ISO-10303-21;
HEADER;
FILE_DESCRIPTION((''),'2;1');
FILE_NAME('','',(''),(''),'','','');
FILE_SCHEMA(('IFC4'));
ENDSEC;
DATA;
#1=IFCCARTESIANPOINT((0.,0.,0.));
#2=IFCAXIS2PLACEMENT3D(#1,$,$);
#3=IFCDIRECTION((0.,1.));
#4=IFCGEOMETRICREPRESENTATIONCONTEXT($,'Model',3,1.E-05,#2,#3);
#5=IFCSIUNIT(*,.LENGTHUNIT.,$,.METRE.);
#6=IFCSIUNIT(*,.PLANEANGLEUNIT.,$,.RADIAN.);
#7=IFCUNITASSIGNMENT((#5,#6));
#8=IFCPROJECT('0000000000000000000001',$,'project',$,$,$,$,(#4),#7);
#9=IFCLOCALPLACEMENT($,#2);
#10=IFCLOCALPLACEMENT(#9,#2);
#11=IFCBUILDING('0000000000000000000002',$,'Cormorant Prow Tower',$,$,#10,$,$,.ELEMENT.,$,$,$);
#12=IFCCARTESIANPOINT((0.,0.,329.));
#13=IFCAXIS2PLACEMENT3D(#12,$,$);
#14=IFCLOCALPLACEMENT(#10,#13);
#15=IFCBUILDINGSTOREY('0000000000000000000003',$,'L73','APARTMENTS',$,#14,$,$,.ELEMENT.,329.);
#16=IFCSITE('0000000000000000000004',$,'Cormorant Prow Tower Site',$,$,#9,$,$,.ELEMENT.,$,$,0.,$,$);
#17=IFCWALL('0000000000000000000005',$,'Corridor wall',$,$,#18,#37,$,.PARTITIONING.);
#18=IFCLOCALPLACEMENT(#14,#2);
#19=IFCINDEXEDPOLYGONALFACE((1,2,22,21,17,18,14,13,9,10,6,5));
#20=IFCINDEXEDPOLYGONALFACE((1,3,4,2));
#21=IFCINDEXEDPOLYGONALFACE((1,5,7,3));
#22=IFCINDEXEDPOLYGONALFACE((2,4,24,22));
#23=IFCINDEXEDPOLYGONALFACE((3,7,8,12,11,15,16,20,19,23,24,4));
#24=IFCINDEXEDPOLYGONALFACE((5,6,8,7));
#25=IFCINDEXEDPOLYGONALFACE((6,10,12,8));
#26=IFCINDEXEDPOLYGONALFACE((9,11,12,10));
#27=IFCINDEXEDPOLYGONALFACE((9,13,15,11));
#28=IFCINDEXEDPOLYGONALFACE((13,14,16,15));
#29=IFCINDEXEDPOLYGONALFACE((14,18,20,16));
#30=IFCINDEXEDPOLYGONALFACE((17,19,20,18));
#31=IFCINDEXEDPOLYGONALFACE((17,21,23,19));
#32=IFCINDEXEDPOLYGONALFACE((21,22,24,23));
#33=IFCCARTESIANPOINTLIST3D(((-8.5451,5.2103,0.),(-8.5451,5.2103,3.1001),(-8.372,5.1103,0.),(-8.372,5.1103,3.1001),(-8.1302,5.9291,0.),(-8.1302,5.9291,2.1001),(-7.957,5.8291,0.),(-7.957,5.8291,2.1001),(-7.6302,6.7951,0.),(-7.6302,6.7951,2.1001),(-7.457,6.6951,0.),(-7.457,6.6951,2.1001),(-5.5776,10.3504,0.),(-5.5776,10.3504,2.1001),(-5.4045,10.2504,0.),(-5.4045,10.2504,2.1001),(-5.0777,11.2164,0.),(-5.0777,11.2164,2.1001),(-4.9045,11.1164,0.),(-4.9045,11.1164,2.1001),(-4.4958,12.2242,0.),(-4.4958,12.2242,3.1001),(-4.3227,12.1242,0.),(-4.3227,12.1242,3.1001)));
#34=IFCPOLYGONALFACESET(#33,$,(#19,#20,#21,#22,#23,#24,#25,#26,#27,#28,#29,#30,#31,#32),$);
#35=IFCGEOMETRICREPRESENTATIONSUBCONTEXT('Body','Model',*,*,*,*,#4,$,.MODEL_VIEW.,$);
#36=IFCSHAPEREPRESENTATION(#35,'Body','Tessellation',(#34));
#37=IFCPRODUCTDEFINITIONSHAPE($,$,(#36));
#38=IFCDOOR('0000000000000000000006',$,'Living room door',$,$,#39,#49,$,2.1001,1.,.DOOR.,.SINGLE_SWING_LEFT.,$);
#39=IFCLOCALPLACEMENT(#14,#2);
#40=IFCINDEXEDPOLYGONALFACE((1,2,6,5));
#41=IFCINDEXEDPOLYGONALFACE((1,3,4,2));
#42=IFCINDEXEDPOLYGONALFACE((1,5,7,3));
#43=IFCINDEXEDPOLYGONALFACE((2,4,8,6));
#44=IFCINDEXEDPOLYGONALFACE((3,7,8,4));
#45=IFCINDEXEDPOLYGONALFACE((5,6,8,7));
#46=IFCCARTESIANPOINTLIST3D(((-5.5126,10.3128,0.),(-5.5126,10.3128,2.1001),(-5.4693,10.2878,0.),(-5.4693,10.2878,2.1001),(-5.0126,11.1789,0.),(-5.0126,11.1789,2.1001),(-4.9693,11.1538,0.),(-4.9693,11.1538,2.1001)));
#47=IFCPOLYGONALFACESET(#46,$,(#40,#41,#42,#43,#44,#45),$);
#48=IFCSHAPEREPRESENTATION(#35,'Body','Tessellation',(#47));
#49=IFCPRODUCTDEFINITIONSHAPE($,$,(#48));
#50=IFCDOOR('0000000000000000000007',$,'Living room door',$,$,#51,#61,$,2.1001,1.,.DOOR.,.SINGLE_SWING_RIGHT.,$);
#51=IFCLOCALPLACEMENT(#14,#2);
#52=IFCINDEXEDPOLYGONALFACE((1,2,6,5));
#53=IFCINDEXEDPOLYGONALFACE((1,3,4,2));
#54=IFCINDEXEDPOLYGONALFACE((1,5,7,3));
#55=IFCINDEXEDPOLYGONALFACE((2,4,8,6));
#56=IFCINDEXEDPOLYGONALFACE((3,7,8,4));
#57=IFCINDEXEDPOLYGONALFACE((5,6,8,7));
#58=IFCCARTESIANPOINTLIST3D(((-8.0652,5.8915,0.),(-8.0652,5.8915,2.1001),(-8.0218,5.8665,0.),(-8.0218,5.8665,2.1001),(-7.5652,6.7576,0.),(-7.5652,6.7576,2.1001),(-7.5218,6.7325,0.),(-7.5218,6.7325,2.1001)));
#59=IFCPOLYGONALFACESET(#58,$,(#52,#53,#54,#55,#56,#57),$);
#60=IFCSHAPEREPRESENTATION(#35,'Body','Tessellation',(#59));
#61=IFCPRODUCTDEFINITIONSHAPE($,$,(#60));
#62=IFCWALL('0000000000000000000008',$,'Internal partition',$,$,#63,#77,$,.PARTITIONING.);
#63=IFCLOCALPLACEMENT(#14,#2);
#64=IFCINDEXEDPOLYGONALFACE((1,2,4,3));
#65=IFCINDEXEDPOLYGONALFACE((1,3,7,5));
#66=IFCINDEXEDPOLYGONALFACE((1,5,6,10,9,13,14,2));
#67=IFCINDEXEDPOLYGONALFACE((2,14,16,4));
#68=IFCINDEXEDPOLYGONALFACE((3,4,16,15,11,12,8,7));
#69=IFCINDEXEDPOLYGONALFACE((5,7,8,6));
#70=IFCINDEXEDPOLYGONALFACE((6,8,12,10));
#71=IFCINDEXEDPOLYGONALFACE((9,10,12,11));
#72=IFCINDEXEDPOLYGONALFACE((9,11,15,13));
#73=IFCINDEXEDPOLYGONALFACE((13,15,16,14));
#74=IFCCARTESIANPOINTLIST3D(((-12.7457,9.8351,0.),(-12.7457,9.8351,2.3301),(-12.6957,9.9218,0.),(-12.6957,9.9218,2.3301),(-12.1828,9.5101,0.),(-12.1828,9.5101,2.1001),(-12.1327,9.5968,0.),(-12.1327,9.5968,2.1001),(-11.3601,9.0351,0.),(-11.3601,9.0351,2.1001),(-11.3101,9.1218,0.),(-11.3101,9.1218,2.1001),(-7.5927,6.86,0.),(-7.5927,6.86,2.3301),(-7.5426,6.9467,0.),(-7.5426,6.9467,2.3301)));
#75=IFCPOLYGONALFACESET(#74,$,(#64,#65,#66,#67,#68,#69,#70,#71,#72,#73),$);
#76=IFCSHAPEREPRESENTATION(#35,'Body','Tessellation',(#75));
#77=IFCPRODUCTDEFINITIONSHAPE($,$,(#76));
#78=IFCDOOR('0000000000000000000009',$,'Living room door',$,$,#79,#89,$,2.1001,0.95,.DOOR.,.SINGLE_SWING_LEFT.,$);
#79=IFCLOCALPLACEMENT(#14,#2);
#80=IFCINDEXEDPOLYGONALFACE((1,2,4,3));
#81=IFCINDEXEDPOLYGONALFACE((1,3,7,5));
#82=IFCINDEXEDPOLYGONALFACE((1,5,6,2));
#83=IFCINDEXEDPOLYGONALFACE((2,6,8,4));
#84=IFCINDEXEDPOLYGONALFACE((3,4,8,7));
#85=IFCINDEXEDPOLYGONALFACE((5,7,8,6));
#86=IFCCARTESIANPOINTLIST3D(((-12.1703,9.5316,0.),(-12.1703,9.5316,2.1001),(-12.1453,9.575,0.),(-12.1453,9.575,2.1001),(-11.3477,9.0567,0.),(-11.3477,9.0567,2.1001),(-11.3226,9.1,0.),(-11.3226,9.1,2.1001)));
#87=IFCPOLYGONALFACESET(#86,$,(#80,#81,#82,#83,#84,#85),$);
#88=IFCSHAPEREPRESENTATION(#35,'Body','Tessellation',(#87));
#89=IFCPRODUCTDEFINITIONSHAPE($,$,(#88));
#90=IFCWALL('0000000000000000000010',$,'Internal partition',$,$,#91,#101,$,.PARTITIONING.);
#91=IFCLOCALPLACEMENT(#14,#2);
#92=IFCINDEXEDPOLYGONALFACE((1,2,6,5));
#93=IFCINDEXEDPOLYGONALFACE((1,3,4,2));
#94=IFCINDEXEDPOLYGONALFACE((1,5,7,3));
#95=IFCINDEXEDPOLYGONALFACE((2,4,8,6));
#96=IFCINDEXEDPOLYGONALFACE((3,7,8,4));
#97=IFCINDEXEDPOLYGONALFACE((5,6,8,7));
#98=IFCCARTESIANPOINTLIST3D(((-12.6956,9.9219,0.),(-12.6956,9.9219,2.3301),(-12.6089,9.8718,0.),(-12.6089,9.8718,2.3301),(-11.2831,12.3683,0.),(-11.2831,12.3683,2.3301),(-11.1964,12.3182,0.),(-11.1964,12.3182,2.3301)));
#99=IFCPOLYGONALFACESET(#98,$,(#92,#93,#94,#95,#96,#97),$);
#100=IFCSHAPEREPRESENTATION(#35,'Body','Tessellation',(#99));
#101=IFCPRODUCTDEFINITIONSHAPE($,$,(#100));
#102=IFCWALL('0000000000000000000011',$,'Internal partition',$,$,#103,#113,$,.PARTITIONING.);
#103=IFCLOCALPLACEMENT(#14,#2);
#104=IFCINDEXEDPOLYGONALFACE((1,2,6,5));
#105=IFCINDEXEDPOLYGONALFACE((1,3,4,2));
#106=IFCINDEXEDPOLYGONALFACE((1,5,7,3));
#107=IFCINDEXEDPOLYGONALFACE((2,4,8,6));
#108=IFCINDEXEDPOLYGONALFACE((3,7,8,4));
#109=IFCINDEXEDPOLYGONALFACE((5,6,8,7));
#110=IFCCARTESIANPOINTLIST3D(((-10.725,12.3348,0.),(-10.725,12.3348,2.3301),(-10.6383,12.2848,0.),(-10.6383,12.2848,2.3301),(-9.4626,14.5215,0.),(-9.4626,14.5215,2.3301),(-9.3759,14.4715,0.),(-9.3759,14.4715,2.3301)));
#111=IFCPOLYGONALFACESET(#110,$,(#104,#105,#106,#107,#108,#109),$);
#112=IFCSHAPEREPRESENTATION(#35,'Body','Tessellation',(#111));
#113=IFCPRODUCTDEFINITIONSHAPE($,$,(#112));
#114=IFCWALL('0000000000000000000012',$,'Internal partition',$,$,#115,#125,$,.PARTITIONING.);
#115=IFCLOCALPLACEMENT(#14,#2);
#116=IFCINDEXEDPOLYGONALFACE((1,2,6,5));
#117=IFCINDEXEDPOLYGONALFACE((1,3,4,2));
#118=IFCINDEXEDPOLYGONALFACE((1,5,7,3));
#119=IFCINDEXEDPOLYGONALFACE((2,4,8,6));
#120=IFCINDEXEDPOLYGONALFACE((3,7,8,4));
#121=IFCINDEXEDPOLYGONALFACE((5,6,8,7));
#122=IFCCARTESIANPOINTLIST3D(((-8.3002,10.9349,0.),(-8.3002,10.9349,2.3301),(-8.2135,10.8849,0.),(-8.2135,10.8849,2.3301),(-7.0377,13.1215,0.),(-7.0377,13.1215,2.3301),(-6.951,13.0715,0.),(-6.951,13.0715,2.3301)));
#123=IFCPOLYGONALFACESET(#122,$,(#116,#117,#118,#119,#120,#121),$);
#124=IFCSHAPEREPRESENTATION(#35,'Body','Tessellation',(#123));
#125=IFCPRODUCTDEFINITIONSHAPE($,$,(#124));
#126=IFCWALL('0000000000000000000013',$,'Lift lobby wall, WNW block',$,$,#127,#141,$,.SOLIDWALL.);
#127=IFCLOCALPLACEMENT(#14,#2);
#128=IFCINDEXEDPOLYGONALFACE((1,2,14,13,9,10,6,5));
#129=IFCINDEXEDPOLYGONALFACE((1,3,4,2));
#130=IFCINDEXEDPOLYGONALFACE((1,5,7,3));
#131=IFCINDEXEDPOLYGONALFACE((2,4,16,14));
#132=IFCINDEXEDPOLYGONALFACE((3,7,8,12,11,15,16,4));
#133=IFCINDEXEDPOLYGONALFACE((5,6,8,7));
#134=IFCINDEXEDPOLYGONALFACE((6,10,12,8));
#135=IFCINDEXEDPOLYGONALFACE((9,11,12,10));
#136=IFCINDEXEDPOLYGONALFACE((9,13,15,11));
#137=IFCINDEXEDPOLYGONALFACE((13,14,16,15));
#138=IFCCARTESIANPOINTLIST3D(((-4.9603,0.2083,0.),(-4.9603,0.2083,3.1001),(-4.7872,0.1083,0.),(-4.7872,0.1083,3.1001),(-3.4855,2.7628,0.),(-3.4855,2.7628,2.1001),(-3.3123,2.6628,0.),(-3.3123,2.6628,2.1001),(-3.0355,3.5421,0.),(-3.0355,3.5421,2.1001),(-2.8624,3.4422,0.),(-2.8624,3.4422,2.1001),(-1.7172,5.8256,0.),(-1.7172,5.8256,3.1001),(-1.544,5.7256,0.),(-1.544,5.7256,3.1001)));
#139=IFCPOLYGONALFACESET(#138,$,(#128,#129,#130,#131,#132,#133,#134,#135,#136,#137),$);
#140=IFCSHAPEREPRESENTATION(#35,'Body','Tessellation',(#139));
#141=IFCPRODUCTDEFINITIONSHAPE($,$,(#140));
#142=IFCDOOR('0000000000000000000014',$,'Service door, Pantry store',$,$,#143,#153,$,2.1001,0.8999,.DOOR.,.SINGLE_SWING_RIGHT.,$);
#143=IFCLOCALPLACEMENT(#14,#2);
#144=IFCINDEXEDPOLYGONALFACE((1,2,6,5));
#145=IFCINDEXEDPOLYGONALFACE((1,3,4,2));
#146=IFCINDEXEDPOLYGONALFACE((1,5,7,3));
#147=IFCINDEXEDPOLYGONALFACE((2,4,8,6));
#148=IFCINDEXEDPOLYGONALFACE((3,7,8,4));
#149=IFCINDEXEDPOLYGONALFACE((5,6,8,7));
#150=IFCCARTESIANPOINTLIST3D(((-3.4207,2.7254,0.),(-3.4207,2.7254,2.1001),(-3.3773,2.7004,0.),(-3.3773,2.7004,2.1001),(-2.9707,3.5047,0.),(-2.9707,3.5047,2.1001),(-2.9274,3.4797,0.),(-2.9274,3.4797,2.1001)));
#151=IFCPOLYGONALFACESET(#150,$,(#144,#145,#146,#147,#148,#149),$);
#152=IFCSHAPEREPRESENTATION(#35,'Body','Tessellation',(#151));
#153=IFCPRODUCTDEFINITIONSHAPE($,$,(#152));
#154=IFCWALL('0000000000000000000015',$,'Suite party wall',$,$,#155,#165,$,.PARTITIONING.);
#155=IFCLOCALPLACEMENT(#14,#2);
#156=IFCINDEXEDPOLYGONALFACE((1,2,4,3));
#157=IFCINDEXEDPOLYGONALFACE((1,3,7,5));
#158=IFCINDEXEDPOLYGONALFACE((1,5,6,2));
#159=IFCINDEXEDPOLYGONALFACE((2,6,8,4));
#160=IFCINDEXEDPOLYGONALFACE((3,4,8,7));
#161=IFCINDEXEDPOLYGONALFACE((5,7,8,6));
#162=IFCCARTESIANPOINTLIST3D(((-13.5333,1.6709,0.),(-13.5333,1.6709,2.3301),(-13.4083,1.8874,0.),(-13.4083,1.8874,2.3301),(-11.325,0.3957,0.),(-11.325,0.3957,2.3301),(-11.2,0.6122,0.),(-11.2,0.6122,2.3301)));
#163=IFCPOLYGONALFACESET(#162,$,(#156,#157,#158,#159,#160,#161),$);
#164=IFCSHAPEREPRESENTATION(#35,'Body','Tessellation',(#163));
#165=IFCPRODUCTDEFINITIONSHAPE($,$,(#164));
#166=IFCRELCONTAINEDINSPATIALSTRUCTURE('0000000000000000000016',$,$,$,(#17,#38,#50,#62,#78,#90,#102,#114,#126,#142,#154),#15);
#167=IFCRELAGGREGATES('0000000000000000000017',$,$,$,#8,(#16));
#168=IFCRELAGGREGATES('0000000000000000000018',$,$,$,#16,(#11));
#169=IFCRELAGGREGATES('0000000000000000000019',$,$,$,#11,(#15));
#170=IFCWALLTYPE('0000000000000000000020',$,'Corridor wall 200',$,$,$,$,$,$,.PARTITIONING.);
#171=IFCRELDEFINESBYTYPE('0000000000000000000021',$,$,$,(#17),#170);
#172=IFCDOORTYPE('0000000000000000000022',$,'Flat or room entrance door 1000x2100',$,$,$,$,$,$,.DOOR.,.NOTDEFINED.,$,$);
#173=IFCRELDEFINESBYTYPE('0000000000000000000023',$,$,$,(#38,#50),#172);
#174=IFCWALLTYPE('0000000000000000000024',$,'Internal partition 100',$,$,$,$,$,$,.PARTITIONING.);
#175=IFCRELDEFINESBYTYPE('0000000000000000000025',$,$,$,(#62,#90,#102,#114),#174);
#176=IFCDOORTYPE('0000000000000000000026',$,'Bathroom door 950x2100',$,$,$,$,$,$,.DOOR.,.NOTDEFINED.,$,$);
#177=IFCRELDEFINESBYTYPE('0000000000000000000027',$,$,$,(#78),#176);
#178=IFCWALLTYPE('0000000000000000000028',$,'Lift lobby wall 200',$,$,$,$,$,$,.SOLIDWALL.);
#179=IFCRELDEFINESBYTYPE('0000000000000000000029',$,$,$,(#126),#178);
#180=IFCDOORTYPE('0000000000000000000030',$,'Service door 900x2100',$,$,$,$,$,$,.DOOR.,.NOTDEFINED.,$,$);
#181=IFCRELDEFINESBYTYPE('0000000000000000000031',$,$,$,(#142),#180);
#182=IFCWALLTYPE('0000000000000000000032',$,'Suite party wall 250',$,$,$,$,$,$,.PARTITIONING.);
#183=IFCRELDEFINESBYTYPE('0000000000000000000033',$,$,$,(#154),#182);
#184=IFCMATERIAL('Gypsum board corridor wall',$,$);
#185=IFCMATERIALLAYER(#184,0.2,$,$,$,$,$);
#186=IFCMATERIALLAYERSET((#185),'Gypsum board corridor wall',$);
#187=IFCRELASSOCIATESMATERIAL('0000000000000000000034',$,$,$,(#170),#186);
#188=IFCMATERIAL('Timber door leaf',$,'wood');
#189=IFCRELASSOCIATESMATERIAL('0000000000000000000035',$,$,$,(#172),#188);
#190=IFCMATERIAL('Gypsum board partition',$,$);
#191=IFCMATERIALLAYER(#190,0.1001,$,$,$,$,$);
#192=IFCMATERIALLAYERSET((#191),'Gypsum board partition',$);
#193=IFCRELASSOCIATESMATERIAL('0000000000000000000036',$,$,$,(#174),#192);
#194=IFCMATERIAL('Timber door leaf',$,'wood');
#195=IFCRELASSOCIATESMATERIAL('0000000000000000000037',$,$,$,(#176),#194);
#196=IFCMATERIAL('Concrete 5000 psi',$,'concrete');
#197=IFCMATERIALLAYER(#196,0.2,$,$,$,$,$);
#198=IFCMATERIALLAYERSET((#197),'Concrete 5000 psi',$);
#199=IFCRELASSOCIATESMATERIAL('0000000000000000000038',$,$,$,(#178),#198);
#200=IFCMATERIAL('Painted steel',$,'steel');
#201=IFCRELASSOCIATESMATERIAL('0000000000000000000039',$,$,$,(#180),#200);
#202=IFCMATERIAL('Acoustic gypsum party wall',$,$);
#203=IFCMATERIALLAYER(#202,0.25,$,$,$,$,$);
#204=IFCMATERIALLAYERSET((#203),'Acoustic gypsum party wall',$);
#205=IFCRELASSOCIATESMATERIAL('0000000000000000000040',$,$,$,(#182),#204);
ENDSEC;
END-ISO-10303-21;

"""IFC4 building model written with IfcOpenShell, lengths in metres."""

from ifc_helpers import new_model, si_unit, direction, frame, frame_2d, origin, place, context, subcontext, project, spatial, rectangle, extrude, material, layer, layer_set, type_object, element, fill, save


model = new_model("IFC4")

# Units and contexts
model_context = context("Model", 3, precision=1e-05, world=origin(), true_north=direction((0.0, 1.0)))
body_context = subcontext(model_context, "Body", "Model", "MODEL_VIEW")
ifc_project = project(units=[si_unit("LENGTHUNIT", "METRE"), si_unit("PLANEANGLEUNIT", "RADIAN")], contexts=[model_context])

# Site, building, storey
site_placement = place(None, origin())
site = spatial("IfcSite", under=ifc_project, at=site_placement, Name="Cormorant Prow Tower Site", CompositionType="ELEMENT", RefElevation=0.0)
building_placement = place(site_placement, origin())
building = spatial("IfcBuilding", under=site, at=building_placement, Name="Cormorant Prow Tower", CompositionType="ELEMENT")
storey_placement = place(building_placement, frame((0.0, 0.0, 329.0)))
storey = spatial("IfcBuildingStorey", under=building, at=storey_placement, Name="L73", Description="APARTMENTS", CompositionType="ELEMENT", Elevation=329.0)

# Wall, openings, doors
ifc_material_1 = material(Name="Gypsum board corridor wall")
ifc_layer_1 = layer(ifc_material_1, 0.2)
ifc_layer_set_1 = layer_set([ifc_layer_1], Name="Gypsum board corridor wall")
wall_type_1 = type_object("IfcWallType", Name="Corridor wall 200", PredefinedType="PARTITIONING", material=ifc_layer_set_1)
wall_1_placement = place(storey_placement, frame((-8.4585, 5.1604, 0.0), z_axis=(0.0, 0.0, 1.0), x_axis=(0.499984, 0.866034, 0.0)))
wall_1 = element("IfcWall", 1, at=wall_1_placement, inside=storey, type_object=wall_type_1, Name="Corridor wall", PredefinedType="PARTITIONING", context=body_context, shape_type="SweptSolid", body=[
    extrude(rectangle(XDim=8.0989, YDim=0.2, at=frame_2d((4.0493, 0.0))), origin(), (0.0, 0.0, 1.0), 3.1001),
])
opening_1_placement = place(wall_1_placement, frame((5.9351, 0.0, 0.0)))
opening_1 = element("IfcOpeningElement", 2, at=opening_1_placement, cuts=wall_1, PredefinedType="OPENING", context=body_context, shape_type="SweptSolid", body=[
    extrude(rectangle(XDim=1.0, YDim=2.1001, at=frame_2d((0.5, 1.05))), frame((0.0, 0.1099, 0.0), z_axis=(0.0, -1.0, 0.0), x_axis=(1.0, 0.0, 0.0)), (0.0, 0.0, 1.0), 0.22),
])
opening_2_placement = place(wall_1_placement, frame((0.8298, 0.0, 0.0)))
opening_2 = element("IfcOpeningElement", 3, at=opening_2_placement, cuts=wall_1, PredefinedType="OPENING", context=body_context, shape_type="SweptSolid", body=[
    extrude(rectangle(XDim=1.0, YDim=2.1001, at=frame_2d((0.5, 1.05))), frame((0.0, 0.1099, 0.0), z_axis=(0.0, -1.0, 0.0), x_axis=(1.0, 0.0, 0.0)), (0.0, 0.0, 1.0), 0.22),
])
ifc_material_2 = material(Name="Timber door leaf", Category="wood")
door_type_1 = type_object("IfcDoorType", Name="Flat or room entrance door 1000x2100", OperationType="NOTDEFINED", PredefinedType="DOOR", material=ifc_material_2)
door_1_placement = place(opening_1_placement, origin())
door_1 = element("IfcDoor", 4, at=door_1_placement, inside=storey, type_object=door_type_1, Name="Living room door", OperationType="SINGLE_SWING_LEFT", OverallHeight=2.1001, OverallWidth=1.0, PredefinedType="DOOR", context=body_context, shape_type="SweptSolid", body=[
    extrude(rectangle(XDim=1.0, YDim=2.1001, at=frame_2d((0.5, 1.05))), frame((0.0, 0.0249, 0.0), z_axis=(0.0, -1.0, 0.0), x_axis=(1.0, 0.0, 0.0)), (0.0, 0.0, 1.0), 0.05),
])
fill(opening_1, door_1)
door_2_placement = place(opening_2_placement, origin())
door_2 = element("IfcDoor", 5, at=door_2_placement, inside=storey, type_object=door_type_1, Name="Living room door", OperationType="SINGLE_SWING_RIGHT", OverallHeight=2.1001, OverallWidth=1.0, PredefinedType="DOOR", context=body_context, shape_type="SweptSolid", body=[
    extrude(rectangle(XDim=1.0, YDim=2.1001, at=frame_2d((0.5, 1.05))), frame((0.0, 0.0249, 0.0), z_axis=(0.0, -1.0, 0.0), x_axis=(1.0, 0.0, 0.0)), (0.0, 0.0, 1.0), 0.05),
])
fill(opening_2, door_2)

# Wall, opening, door
ifc_material_3 = material(Name="Gypsum board partition")
ifc_layer_2 = layer(ifc_material_3, 0.1001)
ifc_layer_set_2 = layer_set([ifc_layer_2], Name="Gypsum board partition")
wall_type_2 = type_object("IfcWallType", Name="Internal partition 100", PredefinedType="PARTITIONING", material=ifc_layer_set_2)
wall_2_placement = place(storey_placement, frame((-12.7207, 9.8784, 0.0), z_axis=(0.0, 0.0, 1.0), x_axis=(0.866028, -0.499996, 0.0)))
wall_2 = element("IfcWall", 6, at=wall_2_placement, inside=storey, type_object=wall_type_2, Name="Internal partition", PredefinedType="PARTITIONING", context=body_context, shape_type="SweptSolid", body=[
    extrude(rectangle(XDim=5.9502, YDim=0.1001, at=frame_2d((2.9751, 0.0))), origin(), (0.0, 0.0, 1.0), 2.3301),
])
opening_3_placement = place(wall_2_placement, frame((0.6499, 0.0, 0.0)))
opening_3 = element("IfcOpeningElement", 7, at=opening_3_placement, cuts=wall_2, PredefinedType="OPENING", context=body_context, shape_type="SweptSolid", body=[
    extrude(rectangle(XDim=0.95, YDim=2.1001, at=frame_2d((0.4751, 1.05))), frame((0.0, 0.0601, 0.0), z_axis=(0.0, -1.0, 0.0), x_axis=(1.0, 0.0, 0.0)), (0.0, 0.0, 1.0), 0.1201),
])
ifc_material_4 = material(Name="Timber door leaf", Category="wood")
door_type_2 = type_object("IfcDoorType", Name="Bathroom door 950x2100", OperationType="NOTDEFINED", PredefinedType="DOOR", material=ifc_material_4)
door_3_placement = place(opening_3_placement, origin())
door_3 = element("IfcDoor", 8, at=door_3_placement, inside=storey, type_object=door_type_2, Name="Living room door", OperationType="SINGLE_SWING_LEFT", OverallHeight=2.1001, OverallWidth=0.95, PredefinedType="DOOR", context=body_context, shape_type="SweptSolid", body=[
    extrude(rectangle(XDim=0.95, YDim=2.1001, at=frame_2d((0.4751, 1.05))), frame((0.0, 0.0249, 0.0), z_axis=(0.0, -1.0, 0.0), x_axis=(1.0, 0.0, 0.0)), (0.0, 0.0, 1.0), 0.05),
])
fill(opening_3, door_3)

# Walls
wall_3_placement = place(storey_placement, frame((-12.6523, 9.8967, 0.0), z_axis=(0.0, 0.0, 1.0), x_axis=(0.500024, 0.866011, 0.0)))
element("IfcWall", 9, at=wall_3_placement, inside=storey, type_object=wall_type_2, Name="Internal partition", PredefinedType="PARTITIONING", context=body_context, shape_type="SweptSolid", body=[
    extrude(rectangle(XDim=2.825, YDim=0.1001, at=frame_2d((1.4126, 0.0))), origin(), (0.0, 0.0, 1.0), 2.3301),
])
for number, where, z_axis, x_axis, name in (
    (10, (-10.6816, 12.3098, 0.0), (0.0, 0.0, 1.0), (0.499976, 0.866039, 0.0), "Internal partition"),
    (11, (-8.2568, 10.9099, 0.0), (0.0, 0.0, 1.0), (0.500018, 0.866015, 0.0), "Internal partition"),
):
    element("IfcWall", number, at=place(storey_placement, frame(where, z_axis=z_axis, x_axis=x_axis)), inside=storey, type_object=wall_type_2, Name=name, PredefinedType="PARTITIONING", context=body_context, shape_type="SweptSolid", body=[
        extrude(rectangle(XDim=2.5249, YDim=0.1001, at=frame_2d((1.2625, 0.0))), origin(), (0.0, 0.0, 1.0), 2.3301),
    ])

# Wall, opening, door
ifc_material_5 = material(Name="Concrete 5000 psi", Category="concrete")
ifc_layer_3 = layer(ifc_material_5, 0.2)
ifc_layer_set_3 = layer_set([ifc_layer_3], Name="Concrete 5000 psi")
wall_type_3 = type_object("IfcWallType", Name="Lift lobby wall 200", PredefinedType="SOLIDWALL", material=ifc_layer_set_3)
wall_4_placement = place(storey_placement, frame((-1.6306, 5.7756, 0.0), z_axis=(0.0, 0.0, 1.0), x_axis=(-0.499993, -0.86603, 0.0)))
wall_4 = element("IfcWall", 12, at=wall_4_placement, inside=storey, type_object=wall_type_3, Name="Lift lobby wall, WNW block", PredefinedType="SOLIDWALL", context=body_context, shape_type="SweptSolid", body=[
    extrude(rectangle(XDim=6.4863, YDim=0.2, at=frame_2d((3.2432, 0.0))), origin(), (0.0, 0.0, 1.0), 3.1001),
])
opening_4_placement = place(wall_4_placement, frame((2.6367, 0.0, 0.0)))
opening_4 = element("IfcOpeningElement", 13, at=opening_4_placement, cuts=wall_4, PredefinedType="OPENING", context=body_context, shape_type="SweptSolid", body=[
    extrude(rectangle(XDim=0.8999, YDim=2.1001, at=frame_2d((0.45, 1.05))), frame((0.0, 0.1099, 0.0), z_axis=(0.0, -1.0, 0.0), x_axis=(1.0, 0.0, 0.0)), (0.0, 0.0, 1.0), 0.22),
])
ifc_material_6 = material(Name="Painted steel", Category="steel")
door_type_3 = type_object("IfcDoorType", Name="Service door 900x2100", OperationType="NOTDEFINED", PredefinedType="DOOR", material=ifc_material_6)
door_4_placement = place(opening_4_placement, origin())
door_4 = element("IfcDoor", 14, at=door_4_placement, inside=storey, type_object=door_type_3, Name="Service door, Pantry store", OperationType="SINGLE_SWING_RIGHT", OverallHeight=2.1001, OverallWidth=0.8999, PredefinedType="DOOR", context=body_context, shape_type="SweptSolid", body=[
    extrude(rectangle(XDim=0.8999, YDim=2.1001, at=frame_2d((0.45, 1.05))), frame((0.0, 0.0249, 0.0), z_axis=(0.0, -1.0, 0.0), x_axis=(1.0, 0.0, 0.0)), (0.0, 0.0, 1.0), 0.05),
])
fill(opening_4, door_4)

# Wall
ifc_material_7 = material(Name="Acoustic gypsum party wall")
ifc_layer_4 = layer(ifc_material_7, 0.25)
ifc_layer_set_4 = layer_set([ifc_layer_4], Name="Acoustic gypsum party wall")
wall_type_4 = type_object("IfcWallType", Name="Suite party wall 250", PredefinedType="PARTITIONING", material=ifc_layer_set_4)
wall_5_placement = place(storey_placement, frame((-13.4707, 1.7791, 0.0), z_axis=(0.0, 0.0, 1.0), x_axis=(0.865989, -0.500062, 0.0)))
element("IfcWall", 15, at=wall_5_placement, inside=storey, type_object=wall_type_4, Name="Suite party wall", PredefinedType="PARTITIONING", context=body_context, shape_type="SweptSolid", body=[
    extrude(rectangle(XDim=2.55, YDim=0.25, at=frame_2d((1.2749, 0.0))), origin(), (0.0, 0.0, 1.0), 2.3301),
])

save(model, "model.ifc")
